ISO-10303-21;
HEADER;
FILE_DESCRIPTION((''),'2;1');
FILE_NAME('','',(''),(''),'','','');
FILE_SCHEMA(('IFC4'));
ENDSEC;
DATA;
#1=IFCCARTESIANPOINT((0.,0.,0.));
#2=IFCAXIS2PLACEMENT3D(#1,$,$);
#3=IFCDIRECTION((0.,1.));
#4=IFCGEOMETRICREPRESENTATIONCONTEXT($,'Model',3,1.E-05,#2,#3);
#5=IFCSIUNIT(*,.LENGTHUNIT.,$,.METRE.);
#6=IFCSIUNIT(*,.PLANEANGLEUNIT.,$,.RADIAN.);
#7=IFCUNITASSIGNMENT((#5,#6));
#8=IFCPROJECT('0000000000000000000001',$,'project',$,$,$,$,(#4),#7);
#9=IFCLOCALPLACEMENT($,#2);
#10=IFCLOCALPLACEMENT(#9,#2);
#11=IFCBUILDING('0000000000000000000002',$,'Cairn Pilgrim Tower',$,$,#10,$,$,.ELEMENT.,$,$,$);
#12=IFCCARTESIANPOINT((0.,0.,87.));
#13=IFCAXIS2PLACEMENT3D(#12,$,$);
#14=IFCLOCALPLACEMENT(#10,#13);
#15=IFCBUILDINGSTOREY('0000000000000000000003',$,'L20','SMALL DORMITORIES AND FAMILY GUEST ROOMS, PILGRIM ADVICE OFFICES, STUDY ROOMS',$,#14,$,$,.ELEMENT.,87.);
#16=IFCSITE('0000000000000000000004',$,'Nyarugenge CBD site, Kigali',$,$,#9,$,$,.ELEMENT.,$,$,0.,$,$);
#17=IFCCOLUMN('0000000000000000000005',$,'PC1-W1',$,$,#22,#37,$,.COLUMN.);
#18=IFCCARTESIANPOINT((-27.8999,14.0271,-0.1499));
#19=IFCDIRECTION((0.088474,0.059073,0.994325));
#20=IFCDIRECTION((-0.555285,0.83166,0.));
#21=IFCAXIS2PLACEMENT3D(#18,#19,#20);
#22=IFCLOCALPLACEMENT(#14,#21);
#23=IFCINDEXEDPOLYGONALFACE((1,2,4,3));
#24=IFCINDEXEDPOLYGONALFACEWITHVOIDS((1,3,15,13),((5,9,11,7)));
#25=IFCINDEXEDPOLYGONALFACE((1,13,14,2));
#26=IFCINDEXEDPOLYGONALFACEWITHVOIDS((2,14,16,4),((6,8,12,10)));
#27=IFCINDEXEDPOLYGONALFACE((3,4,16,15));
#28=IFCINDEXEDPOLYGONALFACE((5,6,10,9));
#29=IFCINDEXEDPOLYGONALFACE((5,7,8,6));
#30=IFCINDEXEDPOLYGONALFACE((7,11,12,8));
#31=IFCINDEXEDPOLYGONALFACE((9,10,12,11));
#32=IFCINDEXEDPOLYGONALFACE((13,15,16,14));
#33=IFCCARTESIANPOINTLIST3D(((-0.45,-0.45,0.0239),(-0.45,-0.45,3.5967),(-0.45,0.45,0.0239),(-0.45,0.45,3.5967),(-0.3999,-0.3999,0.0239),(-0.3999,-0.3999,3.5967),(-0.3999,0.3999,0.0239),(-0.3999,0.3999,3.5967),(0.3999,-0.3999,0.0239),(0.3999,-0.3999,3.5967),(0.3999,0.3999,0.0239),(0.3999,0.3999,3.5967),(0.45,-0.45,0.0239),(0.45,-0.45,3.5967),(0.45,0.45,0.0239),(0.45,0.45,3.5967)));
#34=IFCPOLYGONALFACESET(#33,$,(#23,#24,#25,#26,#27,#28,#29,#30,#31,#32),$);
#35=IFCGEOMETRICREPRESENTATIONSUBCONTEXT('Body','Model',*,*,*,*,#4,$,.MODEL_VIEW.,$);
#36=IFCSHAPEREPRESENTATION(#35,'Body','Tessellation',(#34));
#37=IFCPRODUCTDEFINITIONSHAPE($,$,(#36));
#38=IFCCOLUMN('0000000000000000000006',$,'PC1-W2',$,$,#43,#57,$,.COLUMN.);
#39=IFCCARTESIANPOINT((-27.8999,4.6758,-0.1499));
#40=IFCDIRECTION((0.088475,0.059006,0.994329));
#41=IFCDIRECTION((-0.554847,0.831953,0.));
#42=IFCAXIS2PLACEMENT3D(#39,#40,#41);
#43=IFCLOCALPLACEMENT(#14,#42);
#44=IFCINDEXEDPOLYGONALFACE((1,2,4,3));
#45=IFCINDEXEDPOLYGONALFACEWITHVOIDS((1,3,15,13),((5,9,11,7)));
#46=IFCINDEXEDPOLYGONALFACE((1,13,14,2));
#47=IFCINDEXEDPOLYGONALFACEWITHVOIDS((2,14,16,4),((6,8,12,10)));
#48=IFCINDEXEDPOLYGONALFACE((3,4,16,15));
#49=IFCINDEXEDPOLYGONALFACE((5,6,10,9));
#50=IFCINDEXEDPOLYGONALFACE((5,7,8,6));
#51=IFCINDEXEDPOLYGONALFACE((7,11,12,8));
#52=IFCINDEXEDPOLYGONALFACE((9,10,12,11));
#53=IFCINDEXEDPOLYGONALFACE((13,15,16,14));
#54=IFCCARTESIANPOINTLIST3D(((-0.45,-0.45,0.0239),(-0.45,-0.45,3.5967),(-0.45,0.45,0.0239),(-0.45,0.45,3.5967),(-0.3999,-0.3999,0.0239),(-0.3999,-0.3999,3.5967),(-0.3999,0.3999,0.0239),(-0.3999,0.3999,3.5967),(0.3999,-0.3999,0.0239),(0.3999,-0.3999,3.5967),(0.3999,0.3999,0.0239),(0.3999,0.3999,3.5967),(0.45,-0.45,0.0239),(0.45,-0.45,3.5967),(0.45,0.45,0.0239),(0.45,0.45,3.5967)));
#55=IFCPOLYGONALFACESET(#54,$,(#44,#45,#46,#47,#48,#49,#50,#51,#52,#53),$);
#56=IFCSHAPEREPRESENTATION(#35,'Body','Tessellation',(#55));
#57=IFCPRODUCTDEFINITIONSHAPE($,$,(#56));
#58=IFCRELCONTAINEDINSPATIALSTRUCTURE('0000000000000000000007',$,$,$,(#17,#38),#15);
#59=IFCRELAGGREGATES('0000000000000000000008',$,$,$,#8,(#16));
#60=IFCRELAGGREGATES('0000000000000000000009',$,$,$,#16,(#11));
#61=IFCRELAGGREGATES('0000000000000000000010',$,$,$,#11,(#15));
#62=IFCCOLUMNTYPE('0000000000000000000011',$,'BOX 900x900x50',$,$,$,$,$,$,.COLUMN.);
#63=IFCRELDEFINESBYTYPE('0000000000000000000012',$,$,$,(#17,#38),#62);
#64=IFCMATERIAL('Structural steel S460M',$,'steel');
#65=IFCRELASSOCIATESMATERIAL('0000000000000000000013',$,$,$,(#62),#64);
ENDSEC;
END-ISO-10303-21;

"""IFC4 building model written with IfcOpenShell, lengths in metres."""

from ifc_helpers import new_model, si_unit, direction, frame, origin, origin_2d, place, context, subcontext, project, spatial, hollow_rectangle, extrude, clip, halfspace, material, material_profile, profile_set, type_object, element, save


model = new_model("IFC4")

# Units and contexts
model_context = context("Model", 3, precision=1e-05, world=origin(), true_north=direction((0.0, 1.0)))
body_context = subcontext(model_context, "Body", "Model", "MODEL_VIEW")
ifc_project = project(units=[si_unit("LENGTHUNIT", "METRE"), si_unit("PLANEANGLEUNIT", "RADIAN")], contexts=[model_context])

# Site, building, storey
site_placement = place(None, origin())
site = spatial("IfcSite", under=ifc_project, at=site_placement, Name="Nyarugenge CBD site, Kigali", CompositionType="ELEMENT", RefElevation=0.0)
building_placement = place(site_placement, origin())
building = spatial("IfcBuilding", under=site, at=building_placement, Name="Cairn Pilgrim Tower", CompositionType="ELEMENT")
storey_placement = place(building_placement, frame((0.0, 0.0, 87.0)))
storey = spatial("IfcBuildingStorey", under=building, at=storey_placement, Name="L20", Description="SMALL DORMITORIES AND FAMILY GUEST ROOMS, PILGRIM ADVICE OFFICES, STUDY ROOMS", CompositionType="ELEMENT", Elevation=87.0)

# Columns
ifc_material_1 = material(Name="Structural steel S460M", Category="steel")
ifc_material_profile_1 = material_profile(ifc_material_1, hollow_rectangle(XDim=0.8999, YDim=0.8999, WallThickness=0.05, at=origin_2d()), Name="BOX 900x900x50")
ifc_profile_set_1 = profile_set([ifc_material_profile_1], Name="Structural steel S460M")
column_type_1 = type_object("IfcColumnType", Name="BOX 900x900x50", PredefinedType="COLUMN", material=ifc_profile_set_1)
for number, where, z_axis, x_axis, name in (
    (1, (-27.8999, 14.0271, -0.1499), (0.088474, 0.059073, 0.994325), (-0.555285, 0.83166, 0.0), "PC1-W1"),
    (2, (-27.8999, 4.6758, -0.1499), (0.088475, 0.059006, 0.994329), (-0.554847, 0.831953, 0.0), "PC1-W2"),
):
    element("IfcColumn", number, at=place(storey_placement, frame(where, z_axis=z_axis, x_axis=x_axis)), inside=storey, type_object=column_type_1, Name=name, PredefinedType="COLUMN", context=body_context, shape_type="Clipping", body=[
        clip(clip(extrude(hollow_rectangle(XDim=0.8999, YDim=0.8999, WallThickness=0.05, at=origin_2d()), origin(), (0.0, 0.0, 1.0), 3.6204), halfspace(frame((0.0, 0.0, 0.0239), z_axis=(0.0, 0.0, 1.0), x_axis=(1.0, 0.0, 0.0)), True)), halfspace(frame((0.0, 0.0, 3.5967), z_axis=(0.0, 0.0, 1.0), x_axis=(1.0, 0.0, 0.0)), False)),
    ])

save(model, "model.ifc")
